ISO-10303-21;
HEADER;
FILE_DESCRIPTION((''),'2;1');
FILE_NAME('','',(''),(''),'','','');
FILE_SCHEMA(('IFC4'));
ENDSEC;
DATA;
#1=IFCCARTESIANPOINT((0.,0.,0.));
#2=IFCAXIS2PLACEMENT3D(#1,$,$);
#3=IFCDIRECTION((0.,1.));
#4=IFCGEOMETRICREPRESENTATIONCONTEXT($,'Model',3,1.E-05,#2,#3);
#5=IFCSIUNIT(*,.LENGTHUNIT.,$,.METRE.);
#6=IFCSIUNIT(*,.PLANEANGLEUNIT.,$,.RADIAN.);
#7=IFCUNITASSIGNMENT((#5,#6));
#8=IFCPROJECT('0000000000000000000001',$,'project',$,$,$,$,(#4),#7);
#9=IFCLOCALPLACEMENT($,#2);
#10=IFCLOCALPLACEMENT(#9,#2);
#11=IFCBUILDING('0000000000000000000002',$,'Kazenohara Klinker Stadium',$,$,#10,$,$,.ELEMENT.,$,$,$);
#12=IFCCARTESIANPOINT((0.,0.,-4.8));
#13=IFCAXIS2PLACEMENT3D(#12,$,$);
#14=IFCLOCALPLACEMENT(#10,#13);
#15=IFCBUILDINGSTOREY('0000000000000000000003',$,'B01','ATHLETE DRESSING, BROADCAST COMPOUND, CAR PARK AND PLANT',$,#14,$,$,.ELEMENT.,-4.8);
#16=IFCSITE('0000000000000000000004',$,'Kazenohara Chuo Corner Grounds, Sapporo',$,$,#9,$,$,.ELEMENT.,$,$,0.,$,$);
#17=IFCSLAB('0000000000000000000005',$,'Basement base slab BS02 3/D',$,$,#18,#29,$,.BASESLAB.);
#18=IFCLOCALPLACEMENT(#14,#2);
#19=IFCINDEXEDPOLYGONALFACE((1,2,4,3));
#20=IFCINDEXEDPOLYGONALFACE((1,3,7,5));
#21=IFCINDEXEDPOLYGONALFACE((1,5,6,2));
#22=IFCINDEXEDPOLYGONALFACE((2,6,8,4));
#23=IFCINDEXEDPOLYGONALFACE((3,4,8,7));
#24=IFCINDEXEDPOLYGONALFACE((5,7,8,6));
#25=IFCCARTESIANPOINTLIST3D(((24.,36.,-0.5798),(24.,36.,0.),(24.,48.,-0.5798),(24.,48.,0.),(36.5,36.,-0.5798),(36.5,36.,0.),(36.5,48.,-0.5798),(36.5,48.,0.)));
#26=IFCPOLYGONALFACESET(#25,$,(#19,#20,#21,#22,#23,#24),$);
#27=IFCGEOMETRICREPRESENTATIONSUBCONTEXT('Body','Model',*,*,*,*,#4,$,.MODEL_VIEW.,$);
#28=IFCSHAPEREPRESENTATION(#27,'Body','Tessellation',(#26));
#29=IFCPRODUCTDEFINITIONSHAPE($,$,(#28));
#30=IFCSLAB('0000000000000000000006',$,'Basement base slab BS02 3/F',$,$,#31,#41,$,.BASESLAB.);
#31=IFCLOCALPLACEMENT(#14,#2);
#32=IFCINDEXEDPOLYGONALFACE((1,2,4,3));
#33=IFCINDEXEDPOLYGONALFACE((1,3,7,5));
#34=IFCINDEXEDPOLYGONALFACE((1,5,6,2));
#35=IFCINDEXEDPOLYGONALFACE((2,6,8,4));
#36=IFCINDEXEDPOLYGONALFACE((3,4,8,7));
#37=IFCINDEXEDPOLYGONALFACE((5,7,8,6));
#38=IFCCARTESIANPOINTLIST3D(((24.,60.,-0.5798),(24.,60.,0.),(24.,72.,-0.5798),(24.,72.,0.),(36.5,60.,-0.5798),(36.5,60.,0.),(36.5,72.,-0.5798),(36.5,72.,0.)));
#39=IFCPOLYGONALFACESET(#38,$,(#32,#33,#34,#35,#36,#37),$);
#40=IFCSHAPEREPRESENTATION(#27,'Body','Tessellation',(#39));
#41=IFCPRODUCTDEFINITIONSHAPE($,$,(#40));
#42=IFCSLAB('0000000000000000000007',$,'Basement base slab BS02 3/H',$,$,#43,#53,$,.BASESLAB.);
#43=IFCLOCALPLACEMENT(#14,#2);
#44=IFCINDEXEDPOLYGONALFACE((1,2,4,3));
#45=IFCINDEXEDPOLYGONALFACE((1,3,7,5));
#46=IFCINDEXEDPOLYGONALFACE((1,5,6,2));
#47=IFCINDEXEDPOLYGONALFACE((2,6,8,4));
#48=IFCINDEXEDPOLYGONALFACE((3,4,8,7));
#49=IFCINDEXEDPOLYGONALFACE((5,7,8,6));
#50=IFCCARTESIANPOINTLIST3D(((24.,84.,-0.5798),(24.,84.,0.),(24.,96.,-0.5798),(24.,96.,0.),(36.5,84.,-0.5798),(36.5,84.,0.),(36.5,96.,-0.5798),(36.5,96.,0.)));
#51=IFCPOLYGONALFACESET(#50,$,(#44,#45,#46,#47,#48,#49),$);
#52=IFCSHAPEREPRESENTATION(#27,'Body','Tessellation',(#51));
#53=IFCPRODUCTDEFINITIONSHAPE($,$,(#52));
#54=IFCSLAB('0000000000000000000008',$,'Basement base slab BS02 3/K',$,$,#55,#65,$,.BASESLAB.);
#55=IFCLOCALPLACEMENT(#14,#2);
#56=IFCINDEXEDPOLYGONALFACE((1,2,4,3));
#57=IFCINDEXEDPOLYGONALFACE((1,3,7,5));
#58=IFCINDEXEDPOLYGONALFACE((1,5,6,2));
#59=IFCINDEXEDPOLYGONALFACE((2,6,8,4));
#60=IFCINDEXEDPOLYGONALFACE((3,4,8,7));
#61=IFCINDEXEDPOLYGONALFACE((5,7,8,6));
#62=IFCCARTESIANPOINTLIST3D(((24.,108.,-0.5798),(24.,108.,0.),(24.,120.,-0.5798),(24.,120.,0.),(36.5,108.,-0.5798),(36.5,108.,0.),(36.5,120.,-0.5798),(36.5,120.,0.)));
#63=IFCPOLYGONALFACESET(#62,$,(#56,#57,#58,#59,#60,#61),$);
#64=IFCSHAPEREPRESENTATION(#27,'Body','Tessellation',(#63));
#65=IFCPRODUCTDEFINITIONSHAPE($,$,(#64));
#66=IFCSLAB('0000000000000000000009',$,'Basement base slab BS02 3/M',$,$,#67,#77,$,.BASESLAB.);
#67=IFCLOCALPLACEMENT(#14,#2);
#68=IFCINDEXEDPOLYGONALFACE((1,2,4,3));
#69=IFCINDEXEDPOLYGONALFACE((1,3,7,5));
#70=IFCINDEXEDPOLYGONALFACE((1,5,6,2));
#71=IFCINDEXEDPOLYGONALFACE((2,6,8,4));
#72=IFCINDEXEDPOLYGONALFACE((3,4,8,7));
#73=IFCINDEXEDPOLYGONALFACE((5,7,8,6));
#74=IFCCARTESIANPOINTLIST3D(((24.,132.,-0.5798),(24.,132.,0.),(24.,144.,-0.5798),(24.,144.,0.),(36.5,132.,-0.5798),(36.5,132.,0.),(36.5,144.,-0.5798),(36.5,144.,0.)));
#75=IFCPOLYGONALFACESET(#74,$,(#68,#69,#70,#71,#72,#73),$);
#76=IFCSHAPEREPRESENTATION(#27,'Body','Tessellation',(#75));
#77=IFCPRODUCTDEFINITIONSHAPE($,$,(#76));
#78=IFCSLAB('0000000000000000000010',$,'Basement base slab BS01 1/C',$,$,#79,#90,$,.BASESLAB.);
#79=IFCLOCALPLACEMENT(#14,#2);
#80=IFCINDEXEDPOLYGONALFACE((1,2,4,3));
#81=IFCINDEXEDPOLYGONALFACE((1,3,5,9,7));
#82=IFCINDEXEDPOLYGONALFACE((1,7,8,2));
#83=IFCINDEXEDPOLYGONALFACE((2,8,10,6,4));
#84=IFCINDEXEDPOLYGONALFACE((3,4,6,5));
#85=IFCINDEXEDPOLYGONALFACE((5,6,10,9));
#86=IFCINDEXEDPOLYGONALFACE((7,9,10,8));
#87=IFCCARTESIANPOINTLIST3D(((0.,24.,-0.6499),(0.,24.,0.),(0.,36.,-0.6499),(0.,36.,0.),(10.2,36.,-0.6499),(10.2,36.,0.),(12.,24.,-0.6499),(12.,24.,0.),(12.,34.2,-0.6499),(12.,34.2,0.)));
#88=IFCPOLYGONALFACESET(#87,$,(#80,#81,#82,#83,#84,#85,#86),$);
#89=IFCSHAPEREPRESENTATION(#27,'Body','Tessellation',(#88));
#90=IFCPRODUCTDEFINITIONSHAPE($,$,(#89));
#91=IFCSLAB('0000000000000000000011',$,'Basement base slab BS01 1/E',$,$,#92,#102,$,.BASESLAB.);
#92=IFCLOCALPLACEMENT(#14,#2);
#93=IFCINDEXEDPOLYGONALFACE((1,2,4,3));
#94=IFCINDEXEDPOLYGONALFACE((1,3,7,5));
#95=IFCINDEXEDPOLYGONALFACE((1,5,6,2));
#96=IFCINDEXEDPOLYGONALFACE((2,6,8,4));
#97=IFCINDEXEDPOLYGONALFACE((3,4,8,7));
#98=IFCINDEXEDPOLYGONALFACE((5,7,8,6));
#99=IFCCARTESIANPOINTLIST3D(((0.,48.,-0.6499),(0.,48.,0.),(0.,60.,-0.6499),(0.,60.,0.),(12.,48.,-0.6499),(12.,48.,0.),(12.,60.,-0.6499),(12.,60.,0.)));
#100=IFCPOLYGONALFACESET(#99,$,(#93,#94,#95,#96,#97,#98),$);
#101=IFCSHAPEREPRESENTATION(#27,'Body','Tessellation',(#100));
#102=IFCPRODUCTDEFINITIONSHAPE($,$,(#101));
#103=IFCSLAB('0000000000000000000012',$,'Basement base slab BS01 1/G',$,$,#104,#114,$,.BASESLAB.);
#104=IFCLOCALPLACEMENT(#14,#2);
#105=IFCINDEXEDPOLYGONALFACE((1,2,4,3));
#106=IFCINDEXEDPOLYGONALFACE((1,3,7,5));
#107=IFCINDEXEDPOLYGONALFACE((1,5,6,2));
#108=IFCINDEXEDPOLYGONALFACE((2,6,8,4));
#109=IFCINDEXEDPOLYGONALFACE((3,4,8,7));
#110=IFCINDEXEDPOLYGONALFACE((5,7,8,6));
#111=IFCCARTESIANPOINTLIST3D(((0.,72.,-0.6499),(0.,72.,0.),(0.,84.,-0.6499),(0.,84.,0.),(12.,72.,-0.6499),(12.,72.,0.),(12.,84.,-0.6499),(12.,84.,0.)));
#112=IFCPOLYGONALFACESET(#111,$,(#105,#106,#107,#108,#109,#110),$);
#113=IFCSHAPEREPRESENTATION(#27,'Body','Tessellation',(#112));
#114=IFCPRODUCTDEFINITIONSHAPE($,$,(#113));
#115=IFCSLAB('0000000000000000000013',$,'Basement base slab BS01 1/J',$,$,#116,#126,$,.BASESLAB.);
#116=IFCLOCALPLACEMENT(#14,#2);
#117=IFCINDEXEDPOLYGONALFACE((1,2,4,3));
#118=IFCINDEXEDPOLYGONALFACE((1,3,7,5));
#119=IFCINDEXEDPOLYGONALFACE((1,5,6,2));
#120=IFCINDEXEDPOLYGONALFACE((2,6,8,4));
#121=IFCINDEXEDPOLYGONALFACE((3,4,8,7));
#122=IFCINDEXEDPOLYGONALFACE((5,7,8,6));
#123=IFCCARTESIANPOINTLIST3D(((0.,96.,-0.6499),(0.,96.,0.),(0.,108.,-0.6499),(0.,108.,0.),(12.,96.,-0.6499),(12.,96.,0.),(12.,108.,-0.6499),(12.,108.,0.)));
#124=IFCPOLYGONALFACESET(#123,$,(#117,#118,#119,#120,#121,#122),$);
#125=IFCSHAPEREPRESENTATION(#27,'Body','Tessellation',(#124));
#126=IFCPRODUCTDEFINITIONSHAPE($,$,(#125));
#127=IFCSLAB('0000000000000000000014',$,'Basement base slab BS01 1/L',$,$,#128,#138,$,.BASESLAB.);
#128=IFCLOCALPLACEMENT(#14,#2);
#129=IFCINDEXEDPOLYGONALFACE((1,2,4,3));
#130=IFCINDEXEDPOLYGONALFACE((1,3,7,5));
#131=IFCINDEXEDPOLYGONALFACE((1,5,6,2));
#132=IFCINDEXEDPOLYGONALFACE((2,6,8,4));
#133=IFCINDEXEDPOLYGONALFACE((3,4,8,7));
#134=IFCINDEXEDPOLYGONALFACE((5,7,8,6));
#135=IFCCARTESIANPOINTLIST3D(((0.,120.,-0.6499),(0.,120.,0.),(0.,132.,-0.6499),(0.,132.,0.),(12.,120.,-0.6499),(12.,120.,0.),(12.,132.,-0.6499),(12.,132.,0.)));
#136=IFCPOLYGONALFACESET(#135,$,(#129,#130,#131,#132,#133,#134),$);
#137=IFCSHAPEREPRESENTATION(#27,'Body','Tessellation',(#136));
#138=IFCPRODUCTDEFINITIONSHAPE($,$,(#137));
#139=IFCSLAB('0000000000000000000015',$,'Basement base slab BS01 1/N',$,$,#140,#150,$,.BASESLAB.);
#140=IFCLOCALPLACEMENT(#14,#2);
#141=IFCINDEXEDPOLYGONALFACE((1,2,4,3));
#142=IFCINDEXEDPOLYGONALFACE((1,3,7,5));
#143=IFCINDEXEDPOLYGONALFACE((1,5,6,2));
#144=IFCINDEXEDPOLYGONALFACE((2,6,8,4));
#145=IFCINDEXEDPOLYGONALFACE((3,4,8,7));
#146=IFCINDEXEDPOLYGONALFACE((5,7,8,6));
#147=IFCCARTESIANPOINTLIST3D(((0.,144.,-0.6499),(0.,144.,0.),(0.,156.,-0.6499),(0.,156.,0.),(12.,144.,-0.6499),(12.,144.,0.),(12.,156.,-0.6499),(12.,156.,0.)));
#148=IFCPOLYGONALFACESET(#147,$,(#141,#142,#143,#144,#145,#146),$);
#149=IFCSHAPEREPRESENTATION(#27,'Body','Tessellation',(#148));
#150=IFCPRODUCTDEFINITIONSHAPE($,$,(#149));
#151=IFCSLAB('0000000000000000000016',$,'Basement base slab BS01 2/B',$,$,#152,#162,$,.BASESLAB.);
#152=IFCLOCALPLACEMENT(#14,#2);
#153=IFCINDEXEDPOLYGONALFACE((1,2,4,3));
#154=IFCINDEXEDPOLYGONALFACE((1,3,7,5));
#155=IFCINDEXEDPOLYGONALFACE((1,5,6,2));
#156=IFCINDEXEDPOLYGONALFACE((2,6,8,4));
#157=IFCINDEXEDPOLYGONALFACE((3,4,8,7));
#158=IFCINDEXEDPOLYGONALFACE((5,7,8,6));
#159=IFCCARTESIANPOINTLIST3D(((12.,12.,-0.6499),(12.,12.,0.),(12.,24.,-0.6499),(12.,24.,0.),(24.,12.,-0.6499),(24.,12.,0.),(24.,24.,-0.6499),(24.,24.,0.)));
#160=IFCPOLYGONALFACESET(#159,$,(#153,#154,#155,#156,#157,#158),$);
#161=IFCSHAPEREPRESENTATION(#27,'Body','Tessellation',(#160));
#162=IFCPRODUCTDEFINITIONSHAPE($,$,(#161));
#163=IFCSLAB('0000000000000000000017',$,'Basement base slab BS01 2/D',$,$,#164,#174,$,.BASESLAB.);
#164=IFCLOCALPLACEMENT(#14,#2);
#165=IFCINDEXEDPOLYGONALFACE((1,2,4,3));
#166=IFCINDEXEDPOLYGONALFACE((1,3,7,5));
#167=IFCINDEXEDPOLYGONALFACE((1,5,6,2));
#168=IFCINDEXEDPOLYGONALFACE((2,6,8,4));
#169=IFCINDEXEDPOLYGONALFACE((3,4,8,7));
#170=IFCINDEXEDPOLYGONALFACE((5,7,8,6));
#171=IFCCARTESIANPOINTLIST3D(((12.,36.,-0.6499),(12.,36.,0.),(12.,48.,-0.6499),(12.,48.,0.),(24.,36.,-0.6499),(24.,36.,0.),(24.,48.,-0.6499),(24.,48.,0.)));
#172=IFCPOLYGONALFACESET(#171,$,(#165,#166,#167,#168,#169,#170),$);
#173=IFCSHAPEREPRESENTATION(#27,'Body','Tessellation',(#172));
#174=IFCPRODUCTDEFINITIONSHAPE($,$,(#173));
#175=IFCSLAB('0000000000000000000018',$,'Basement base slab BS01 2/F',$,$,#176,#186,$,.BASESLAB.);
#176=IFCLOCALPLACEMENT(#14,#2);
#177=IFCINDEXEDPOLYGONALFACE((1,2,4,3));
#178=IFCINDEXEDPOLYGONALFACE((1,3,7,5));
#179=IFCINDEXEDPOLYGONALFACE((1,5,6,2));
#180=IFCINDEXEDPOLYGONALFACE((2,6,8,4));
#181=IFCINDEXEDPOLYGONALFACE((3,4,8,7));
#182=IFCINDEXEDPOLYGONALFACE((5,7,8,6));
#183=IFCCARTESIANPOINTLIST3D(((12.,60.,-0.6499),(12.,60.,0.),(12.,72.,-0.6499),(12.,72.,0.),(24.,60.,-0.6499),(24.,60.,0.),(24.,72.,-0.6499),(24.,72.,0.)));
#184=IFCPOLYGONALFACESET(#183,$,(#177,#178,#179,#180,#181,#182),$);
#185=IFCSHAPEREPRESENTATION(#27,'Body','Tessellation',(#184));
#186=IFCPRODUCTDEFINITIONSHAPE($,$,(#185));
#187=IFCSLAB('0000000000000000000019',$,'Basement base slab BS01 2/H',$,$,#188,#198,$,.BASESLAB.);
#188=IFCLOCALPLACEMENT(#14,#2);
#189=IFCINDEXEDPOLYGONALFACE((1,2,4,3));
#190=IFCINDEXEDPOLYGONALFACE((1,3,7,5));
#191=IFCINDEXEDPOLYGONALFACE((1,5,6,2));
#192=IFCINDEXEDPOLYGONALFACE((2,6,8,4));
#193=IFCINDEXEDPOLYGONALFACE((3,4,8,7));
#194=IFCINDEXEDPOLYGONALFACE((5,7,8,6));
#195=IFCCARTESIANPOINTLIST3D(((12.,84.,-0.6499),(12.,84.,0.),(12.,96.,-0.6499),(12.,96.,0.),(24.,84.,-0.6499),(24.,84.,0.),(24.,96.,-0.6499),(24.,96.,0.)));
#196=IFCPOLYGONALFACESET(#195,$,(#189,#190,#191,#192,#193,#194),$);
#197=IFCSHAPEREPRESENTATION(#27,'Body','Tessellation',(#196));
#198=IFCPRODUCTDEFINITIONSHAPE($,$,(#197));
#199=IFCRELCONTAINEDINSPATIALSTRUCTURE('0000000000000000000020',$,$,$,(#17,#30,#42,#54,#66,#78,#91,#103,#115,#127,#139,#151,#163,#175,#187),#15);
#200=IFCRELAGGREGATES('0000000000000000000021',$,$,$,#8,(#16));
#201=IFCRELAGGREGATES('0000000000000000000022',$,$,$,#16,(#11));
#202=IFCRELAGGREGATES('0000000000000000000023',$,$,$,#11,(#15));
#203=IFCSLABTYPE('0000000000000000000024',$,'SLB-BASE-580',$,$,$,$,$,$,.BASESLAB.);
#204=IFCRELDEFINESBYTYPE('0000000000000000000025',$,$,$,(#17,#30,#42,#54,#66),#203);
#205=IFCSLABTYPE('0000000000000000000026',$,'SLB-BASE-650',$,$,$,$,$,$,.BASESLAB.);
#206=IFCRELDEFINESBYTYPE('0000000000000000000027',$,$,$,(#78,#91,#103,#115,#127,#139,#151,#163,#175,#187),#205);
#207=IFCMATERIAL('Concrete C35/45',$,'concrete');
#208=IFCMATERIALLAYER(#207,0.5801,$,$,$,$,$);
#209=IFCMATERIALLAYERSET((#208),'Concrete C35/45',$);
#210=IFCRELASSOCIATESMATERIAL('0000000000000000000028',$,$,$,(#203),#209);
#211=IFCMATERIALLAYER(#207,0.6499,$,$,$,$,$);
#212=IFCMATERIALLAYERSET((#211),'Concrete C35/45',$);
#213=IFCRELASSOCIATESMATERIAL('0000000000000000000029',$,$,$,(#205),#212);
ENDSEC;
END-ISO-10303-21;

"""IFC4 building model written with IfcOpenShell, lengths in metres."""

from ifc_helpers import new_model, si_unit, direction, frame, origin, place, context, subcontext, project, spatial, polyline, outline, extrude, material, layer, layer_set, type_object, element, save


model = new_model("IFC4")

# Units and contexts
model_context = context("Model", 3, precision=1e-05, world=origin(), true_north=direction((0.0, 1.0)))
body_context = subcontext(model_context, "Body", "Model", "MODEL_VIEW")
ifc_project = project(units=[si_unit("LENGTHUNIT", "METRE"), si_unit("PLANEANGLEUNIT", "RADIAN")], contexts=[model_context])

# Site, building, storey
site_placement = place(None, origin())
site = spatial("IfcSite", under=ifc_project, at=site_placement, Name="Kazenohara Chuo Corner Grounds, Sapporo", CompositionType="ELEMENT", RefElevation=0.0)
building_placement = place(site_placement, origin())
building = spatial("IfcBuilding", under=site, at=building_placement, Name="Kazenohara Klinker Stadium", CompositionType="ELEMENT")
storey_placement = place(building_placement, frame((0.0, 0.0, -4.8)))
storey = spatial("IfcBuildingStorey", under=building, at=storey_placement, Name="B01", Description="ATHLETE DRESSING, BROADCAST COMPOUND, CAR PARK AND PLANT", CompositionType="ELEMENT", Elevation=-4.8)

# Shared definitions
ifc_material_1 = material(Name="Concrete C35/45", Category="concrete")

# Slabs
ifc_layer_1 = layer(ifc_material_1, 0.5801)
ifc_layer_set_1 = layer_set([ifc_layer_1], Name="Concrete C35/45")
slab_type_1 = type_object("IfcSlabType", Name="SLB-BASE-580", PredefinedType="BASESLAB", material=ifc_layer_set_1)
slab_1_placement = place(storey_placement, frame((0.0, 0.0, -0.5798)))
element("IfcSlab", 1, at=slab_1_placement, inside=storey, type_object=slab_type_1, Name="Basement base slab BS02 3/D", PredefinedType="BASESLAB", context=body_context, shape_type="SweptSolid", body=[
    extrude(outline(polyline([(24.0, 36.0), (36.5, 36.0), (36.5, 48.0), (24.0, 48.0), (24.0, 36.0)])), origin(), (0.0, 0.0, 1.0), 0.5798),
])
slab_2_placement = place(storey_placement, frame((0.0, 0.0, -0.5798)))
element("IfcSlab", 2, at=slab_2_placement, inside=storey, type_object=slab_type_1, Name="Basement base slab BS02 3/F", PredefinedType="BASESLAB", context=body_context, shape_type="SweptSolid", body=[
    extrude(outline(polyline([(24.0, 60.0), (36.5, 60.0), (36.5, 72.0), (24.0, 72.0), (24.0, 60.0)])), origin(), (0.0, 0.0, 1.0), 0.5798),
])
slab_3_placement = place(storey_placement, frame((0.0, 0.0, -0.5798)))
element("IfcSlab", 3, at=slab_3_placement, inside=storey, type_object=slab_type_1, Name="Basement base slab BS02 3/H", PredefinedType="BASESLAB", context=body_context, shape_type="SweptSolid", body=[
    extrude(outline(polyline([(24.0, 84.0), (36.5, 84.0), (36.5, 96.0), (24.0, 96.0), (24.0, 84.0)])), origin(), (0.0, 0.0, 1.0), 0.5798),
])
slab_4_placement = place(storey_placement, frame((0.0, 0.0, -0.5798)))
element("IfcSlab", 4, at=slab_4_placement, inside=storey, type_object=slab_type_1, Name="Basement base slab BS02 3/K", PredefinedType="BASESLAB", context=body_context, shape_type="SweptSolid", body=[
    extrude(outline(polyline([(24.0, 108.0), (36.5, 108.0), (36.5, 120.0), (24.0, 120.0), (24.0, 108.0)])), origin(), (0.0, 0.0, 1.0), 0.5798),
])
slab_5_placement = place(storey_placement, frame((0.0, 0.0, -0.5798)))
element("IfcSlab", 5, at=slab_5_placement, inside=storey, type_object=slab_type_1, Name="Basement base slab BS02 3/M", PredefinedType="BASESLAB", context=body_context, shape_type="SweptSolid", body=[
    extrude(outline(polyline([(24.0, 132.0), (36.5, 132.0), (36.5, 144.0), (24.0, 144.0), (24.0, 132.0)])), origin(), (0.0, 0.0, 1.0), 0.5798),
])
ifc_layer_2 = layer(ifc_material_1, 0.6499)
ifc_layer_set_2 = layer_set([ifc_layer_2], Name="Concrete C35/45")
slab_type_2 = type_object("IfcSlabType", Name="SLB-BASE-650", PredefinedType="BASESLAB", material=ifc_layer_set_2)
slab_6_placement = place(storey_placement, frame((0.0, 0.0, -0.6499)))
element("IfcSlab", 6, at=slab_6_placement, inside=storey, type_object=slab_type_2, Name="Basement base slab BS01 1/C", PredefinedType="BASESLAB", context=body_context, shape_type="SweptSolid", body=[
    extrude(outline(polyline([(0.0, 24.0), (12.0, 24.0), (12.0, 34.2), (10.2, 36.0), (0.0, 36.0), (0.0, 24.0)])), origin(), (0.0, 0.0, 1.0), 0.6499),
])
slab_7_placement = place(storey_placement, frame((0.0, 0.0, -0.6499)))
element("IfcSlab", 7, at=slab_7_placement, inside=storey, type_object=slab_type_2, Name="Basement base slab BS01 1/E", PredefinedType="BASESLAB", context=body_context, shape_type="SweptSolid", body=[
    extrude(outline(polyline([(0.0, 48.0), (12.0, 48.0), (12.0, 60.0), (0.0, 60.0), (0.0, 48.0)])), origin(), (0.0, 0.0, 1.0), 0.6499),
])
slab_8_placement = place(storey_placement, frame((0.0, 0.0, -0.6499)))
element("IfcSlab", 8, at=slab_8_placement, inside=storey, type_object=slab_type_2, Name="Basement base slab BS01 1/G", PredefinedType="BASESLAB", context=body_context, shape_type="SweptSolid", body=[
    extrude(outline(polyline([(0.0, 72.0), (12.0, 72.0), (12.0, 84.0), (0.0, 84.0), (0.0, 72.0)])), origin(), (0.0, 0.0, 1.0), 0.6499),
])
slab_9_placement = place(storey_placement, frame((0.0, 0.0, -0.6499)))
element("IfcSlab", 9, at=slab_9_placement, inside=storey, type_object=slab_type_2, Name="Basement base slab BS01 1/J", PredefinedType="BASESLAB", context=body_context, shape_type="SweptSolid", body=[
    extrude(outline(polyline([(0.0, 96.0), (12.0, 96.0), (12.0, 108.0), (0.0, 108.0), (0.0, 96.0)])), origin(), (0.0, 0.0, 1.0), 0.6499),
])
slab_10_placement = place(storey_placement, frame((0.0, 0.0, -0.6499)))
element("IfcSlab", 10, at=slab_10_placement, inside=storey, type_object=slab_type_2, Name="Basement base slab BS01 1/L", PredefinedType="BASESLAB", context=body_context, shape_type="SweptSolid", body=[
    extrude(outline(polyline([(0.0, 120.0), (12.0, 120.0), (12.0, 132.0), (0.0, 132.0), (0.0, 120.0)])), origin(), (0.0, 0.0, 1.0), 0.6499),
])
slab_11_placement = place(storey_placement, frame((0.0, 0.0, -0.6499)))
element("IfcSlab", 11, at=slab_11_placement, inside=storey, type_object=slab_type_2, Name="Basement base slab BS01 1/N", PredefinedType="BASESLAB", context=body_context, shape_type="SweptSolid", body=[
    extrude(outline(polyline([(0.0, 144.0), (12.0, 144.0), (12.0, 156.0), (0.0, 156.0), (0.0, 144.0)])), origin(), (0.0, 0.0, 1.0), 0.6499),
])
slab_12_placement = place(storey_placement, frame((0.0, 0.0, -0.6499)))
element("IfcSlab", 12, at=slab_12_placement, inside=storey, type_object=slab_type_2, Name="Basement base slab BS01 2/B", PredefinedType="BASESLAB", context=body_context, shape_type="SweptSolid", body=[
    extrude(outline(polyline([(12.0, 12.0), (24.0, 12.0), (24.0, 24.0), (12.0, 24.0), (12.0, 12.0)])), origin(), (0.0, 0.0, 1.0), 0.6499),
])
slab_13_placement = place(storey_placement, frame((0.0, 0.0, -0.6499)))
element("IfcSlab", 13, at=slab_13_placement, inside=storey, type_object=slab_type_2, Name="Basement base slab BS01 2/D", PredefinedType="BASESLAB", context=body_context, shape_type="SweptSolid", body=[
    extrude(outline(polyline([(12.0, 36.0), (24.0, 36.0), (24.0, 48.0), (12.0, 48.0), (12.0, 36.0)])), origin(), (0.0, 0.0, 1.0), 0.6499),
])
slab_14_placement = place(storey_placement, frame((0.0, 0.0, -0.6499)))
element("IfcSlab", 14, at=slab_14_placement, inside=storey, type_object=slab_type_2, Name="Basement base slab BS01 2/F", PredefinedType="BASESLAB", context=body_context, shape_type="SweptSolid", body=[
    extrude(outline(polyline([(12.0, 60.0), (24.0, 60.0), (24.0, 72.0), (12.0, 72.0), (12.0, 60.0)])), origin(), (0.0, 0.0, 1.0), 0.6499),
])
slab_15_placement = place(storey_placement, frame((0.0, 0.0, -0.6499)))
element("IfcSlab", 15, at=slab_15_placement, inside=storey, type_object=slab_type_2, Name="Basement base slab BS01 2/H", PredefinedType="BASESLAB", context=body_context, shape_type="SweptSolid", body=[
    extrude(outline(polyline([(12.0, 84.0), (24.0, 84.0), (24.0, 96.0), (12.0, 96.0), (12.0, 84.0)])), origin(), (0.0, 0.0, 1.0), 0.6499),
])

save(model, "model.ifc")
